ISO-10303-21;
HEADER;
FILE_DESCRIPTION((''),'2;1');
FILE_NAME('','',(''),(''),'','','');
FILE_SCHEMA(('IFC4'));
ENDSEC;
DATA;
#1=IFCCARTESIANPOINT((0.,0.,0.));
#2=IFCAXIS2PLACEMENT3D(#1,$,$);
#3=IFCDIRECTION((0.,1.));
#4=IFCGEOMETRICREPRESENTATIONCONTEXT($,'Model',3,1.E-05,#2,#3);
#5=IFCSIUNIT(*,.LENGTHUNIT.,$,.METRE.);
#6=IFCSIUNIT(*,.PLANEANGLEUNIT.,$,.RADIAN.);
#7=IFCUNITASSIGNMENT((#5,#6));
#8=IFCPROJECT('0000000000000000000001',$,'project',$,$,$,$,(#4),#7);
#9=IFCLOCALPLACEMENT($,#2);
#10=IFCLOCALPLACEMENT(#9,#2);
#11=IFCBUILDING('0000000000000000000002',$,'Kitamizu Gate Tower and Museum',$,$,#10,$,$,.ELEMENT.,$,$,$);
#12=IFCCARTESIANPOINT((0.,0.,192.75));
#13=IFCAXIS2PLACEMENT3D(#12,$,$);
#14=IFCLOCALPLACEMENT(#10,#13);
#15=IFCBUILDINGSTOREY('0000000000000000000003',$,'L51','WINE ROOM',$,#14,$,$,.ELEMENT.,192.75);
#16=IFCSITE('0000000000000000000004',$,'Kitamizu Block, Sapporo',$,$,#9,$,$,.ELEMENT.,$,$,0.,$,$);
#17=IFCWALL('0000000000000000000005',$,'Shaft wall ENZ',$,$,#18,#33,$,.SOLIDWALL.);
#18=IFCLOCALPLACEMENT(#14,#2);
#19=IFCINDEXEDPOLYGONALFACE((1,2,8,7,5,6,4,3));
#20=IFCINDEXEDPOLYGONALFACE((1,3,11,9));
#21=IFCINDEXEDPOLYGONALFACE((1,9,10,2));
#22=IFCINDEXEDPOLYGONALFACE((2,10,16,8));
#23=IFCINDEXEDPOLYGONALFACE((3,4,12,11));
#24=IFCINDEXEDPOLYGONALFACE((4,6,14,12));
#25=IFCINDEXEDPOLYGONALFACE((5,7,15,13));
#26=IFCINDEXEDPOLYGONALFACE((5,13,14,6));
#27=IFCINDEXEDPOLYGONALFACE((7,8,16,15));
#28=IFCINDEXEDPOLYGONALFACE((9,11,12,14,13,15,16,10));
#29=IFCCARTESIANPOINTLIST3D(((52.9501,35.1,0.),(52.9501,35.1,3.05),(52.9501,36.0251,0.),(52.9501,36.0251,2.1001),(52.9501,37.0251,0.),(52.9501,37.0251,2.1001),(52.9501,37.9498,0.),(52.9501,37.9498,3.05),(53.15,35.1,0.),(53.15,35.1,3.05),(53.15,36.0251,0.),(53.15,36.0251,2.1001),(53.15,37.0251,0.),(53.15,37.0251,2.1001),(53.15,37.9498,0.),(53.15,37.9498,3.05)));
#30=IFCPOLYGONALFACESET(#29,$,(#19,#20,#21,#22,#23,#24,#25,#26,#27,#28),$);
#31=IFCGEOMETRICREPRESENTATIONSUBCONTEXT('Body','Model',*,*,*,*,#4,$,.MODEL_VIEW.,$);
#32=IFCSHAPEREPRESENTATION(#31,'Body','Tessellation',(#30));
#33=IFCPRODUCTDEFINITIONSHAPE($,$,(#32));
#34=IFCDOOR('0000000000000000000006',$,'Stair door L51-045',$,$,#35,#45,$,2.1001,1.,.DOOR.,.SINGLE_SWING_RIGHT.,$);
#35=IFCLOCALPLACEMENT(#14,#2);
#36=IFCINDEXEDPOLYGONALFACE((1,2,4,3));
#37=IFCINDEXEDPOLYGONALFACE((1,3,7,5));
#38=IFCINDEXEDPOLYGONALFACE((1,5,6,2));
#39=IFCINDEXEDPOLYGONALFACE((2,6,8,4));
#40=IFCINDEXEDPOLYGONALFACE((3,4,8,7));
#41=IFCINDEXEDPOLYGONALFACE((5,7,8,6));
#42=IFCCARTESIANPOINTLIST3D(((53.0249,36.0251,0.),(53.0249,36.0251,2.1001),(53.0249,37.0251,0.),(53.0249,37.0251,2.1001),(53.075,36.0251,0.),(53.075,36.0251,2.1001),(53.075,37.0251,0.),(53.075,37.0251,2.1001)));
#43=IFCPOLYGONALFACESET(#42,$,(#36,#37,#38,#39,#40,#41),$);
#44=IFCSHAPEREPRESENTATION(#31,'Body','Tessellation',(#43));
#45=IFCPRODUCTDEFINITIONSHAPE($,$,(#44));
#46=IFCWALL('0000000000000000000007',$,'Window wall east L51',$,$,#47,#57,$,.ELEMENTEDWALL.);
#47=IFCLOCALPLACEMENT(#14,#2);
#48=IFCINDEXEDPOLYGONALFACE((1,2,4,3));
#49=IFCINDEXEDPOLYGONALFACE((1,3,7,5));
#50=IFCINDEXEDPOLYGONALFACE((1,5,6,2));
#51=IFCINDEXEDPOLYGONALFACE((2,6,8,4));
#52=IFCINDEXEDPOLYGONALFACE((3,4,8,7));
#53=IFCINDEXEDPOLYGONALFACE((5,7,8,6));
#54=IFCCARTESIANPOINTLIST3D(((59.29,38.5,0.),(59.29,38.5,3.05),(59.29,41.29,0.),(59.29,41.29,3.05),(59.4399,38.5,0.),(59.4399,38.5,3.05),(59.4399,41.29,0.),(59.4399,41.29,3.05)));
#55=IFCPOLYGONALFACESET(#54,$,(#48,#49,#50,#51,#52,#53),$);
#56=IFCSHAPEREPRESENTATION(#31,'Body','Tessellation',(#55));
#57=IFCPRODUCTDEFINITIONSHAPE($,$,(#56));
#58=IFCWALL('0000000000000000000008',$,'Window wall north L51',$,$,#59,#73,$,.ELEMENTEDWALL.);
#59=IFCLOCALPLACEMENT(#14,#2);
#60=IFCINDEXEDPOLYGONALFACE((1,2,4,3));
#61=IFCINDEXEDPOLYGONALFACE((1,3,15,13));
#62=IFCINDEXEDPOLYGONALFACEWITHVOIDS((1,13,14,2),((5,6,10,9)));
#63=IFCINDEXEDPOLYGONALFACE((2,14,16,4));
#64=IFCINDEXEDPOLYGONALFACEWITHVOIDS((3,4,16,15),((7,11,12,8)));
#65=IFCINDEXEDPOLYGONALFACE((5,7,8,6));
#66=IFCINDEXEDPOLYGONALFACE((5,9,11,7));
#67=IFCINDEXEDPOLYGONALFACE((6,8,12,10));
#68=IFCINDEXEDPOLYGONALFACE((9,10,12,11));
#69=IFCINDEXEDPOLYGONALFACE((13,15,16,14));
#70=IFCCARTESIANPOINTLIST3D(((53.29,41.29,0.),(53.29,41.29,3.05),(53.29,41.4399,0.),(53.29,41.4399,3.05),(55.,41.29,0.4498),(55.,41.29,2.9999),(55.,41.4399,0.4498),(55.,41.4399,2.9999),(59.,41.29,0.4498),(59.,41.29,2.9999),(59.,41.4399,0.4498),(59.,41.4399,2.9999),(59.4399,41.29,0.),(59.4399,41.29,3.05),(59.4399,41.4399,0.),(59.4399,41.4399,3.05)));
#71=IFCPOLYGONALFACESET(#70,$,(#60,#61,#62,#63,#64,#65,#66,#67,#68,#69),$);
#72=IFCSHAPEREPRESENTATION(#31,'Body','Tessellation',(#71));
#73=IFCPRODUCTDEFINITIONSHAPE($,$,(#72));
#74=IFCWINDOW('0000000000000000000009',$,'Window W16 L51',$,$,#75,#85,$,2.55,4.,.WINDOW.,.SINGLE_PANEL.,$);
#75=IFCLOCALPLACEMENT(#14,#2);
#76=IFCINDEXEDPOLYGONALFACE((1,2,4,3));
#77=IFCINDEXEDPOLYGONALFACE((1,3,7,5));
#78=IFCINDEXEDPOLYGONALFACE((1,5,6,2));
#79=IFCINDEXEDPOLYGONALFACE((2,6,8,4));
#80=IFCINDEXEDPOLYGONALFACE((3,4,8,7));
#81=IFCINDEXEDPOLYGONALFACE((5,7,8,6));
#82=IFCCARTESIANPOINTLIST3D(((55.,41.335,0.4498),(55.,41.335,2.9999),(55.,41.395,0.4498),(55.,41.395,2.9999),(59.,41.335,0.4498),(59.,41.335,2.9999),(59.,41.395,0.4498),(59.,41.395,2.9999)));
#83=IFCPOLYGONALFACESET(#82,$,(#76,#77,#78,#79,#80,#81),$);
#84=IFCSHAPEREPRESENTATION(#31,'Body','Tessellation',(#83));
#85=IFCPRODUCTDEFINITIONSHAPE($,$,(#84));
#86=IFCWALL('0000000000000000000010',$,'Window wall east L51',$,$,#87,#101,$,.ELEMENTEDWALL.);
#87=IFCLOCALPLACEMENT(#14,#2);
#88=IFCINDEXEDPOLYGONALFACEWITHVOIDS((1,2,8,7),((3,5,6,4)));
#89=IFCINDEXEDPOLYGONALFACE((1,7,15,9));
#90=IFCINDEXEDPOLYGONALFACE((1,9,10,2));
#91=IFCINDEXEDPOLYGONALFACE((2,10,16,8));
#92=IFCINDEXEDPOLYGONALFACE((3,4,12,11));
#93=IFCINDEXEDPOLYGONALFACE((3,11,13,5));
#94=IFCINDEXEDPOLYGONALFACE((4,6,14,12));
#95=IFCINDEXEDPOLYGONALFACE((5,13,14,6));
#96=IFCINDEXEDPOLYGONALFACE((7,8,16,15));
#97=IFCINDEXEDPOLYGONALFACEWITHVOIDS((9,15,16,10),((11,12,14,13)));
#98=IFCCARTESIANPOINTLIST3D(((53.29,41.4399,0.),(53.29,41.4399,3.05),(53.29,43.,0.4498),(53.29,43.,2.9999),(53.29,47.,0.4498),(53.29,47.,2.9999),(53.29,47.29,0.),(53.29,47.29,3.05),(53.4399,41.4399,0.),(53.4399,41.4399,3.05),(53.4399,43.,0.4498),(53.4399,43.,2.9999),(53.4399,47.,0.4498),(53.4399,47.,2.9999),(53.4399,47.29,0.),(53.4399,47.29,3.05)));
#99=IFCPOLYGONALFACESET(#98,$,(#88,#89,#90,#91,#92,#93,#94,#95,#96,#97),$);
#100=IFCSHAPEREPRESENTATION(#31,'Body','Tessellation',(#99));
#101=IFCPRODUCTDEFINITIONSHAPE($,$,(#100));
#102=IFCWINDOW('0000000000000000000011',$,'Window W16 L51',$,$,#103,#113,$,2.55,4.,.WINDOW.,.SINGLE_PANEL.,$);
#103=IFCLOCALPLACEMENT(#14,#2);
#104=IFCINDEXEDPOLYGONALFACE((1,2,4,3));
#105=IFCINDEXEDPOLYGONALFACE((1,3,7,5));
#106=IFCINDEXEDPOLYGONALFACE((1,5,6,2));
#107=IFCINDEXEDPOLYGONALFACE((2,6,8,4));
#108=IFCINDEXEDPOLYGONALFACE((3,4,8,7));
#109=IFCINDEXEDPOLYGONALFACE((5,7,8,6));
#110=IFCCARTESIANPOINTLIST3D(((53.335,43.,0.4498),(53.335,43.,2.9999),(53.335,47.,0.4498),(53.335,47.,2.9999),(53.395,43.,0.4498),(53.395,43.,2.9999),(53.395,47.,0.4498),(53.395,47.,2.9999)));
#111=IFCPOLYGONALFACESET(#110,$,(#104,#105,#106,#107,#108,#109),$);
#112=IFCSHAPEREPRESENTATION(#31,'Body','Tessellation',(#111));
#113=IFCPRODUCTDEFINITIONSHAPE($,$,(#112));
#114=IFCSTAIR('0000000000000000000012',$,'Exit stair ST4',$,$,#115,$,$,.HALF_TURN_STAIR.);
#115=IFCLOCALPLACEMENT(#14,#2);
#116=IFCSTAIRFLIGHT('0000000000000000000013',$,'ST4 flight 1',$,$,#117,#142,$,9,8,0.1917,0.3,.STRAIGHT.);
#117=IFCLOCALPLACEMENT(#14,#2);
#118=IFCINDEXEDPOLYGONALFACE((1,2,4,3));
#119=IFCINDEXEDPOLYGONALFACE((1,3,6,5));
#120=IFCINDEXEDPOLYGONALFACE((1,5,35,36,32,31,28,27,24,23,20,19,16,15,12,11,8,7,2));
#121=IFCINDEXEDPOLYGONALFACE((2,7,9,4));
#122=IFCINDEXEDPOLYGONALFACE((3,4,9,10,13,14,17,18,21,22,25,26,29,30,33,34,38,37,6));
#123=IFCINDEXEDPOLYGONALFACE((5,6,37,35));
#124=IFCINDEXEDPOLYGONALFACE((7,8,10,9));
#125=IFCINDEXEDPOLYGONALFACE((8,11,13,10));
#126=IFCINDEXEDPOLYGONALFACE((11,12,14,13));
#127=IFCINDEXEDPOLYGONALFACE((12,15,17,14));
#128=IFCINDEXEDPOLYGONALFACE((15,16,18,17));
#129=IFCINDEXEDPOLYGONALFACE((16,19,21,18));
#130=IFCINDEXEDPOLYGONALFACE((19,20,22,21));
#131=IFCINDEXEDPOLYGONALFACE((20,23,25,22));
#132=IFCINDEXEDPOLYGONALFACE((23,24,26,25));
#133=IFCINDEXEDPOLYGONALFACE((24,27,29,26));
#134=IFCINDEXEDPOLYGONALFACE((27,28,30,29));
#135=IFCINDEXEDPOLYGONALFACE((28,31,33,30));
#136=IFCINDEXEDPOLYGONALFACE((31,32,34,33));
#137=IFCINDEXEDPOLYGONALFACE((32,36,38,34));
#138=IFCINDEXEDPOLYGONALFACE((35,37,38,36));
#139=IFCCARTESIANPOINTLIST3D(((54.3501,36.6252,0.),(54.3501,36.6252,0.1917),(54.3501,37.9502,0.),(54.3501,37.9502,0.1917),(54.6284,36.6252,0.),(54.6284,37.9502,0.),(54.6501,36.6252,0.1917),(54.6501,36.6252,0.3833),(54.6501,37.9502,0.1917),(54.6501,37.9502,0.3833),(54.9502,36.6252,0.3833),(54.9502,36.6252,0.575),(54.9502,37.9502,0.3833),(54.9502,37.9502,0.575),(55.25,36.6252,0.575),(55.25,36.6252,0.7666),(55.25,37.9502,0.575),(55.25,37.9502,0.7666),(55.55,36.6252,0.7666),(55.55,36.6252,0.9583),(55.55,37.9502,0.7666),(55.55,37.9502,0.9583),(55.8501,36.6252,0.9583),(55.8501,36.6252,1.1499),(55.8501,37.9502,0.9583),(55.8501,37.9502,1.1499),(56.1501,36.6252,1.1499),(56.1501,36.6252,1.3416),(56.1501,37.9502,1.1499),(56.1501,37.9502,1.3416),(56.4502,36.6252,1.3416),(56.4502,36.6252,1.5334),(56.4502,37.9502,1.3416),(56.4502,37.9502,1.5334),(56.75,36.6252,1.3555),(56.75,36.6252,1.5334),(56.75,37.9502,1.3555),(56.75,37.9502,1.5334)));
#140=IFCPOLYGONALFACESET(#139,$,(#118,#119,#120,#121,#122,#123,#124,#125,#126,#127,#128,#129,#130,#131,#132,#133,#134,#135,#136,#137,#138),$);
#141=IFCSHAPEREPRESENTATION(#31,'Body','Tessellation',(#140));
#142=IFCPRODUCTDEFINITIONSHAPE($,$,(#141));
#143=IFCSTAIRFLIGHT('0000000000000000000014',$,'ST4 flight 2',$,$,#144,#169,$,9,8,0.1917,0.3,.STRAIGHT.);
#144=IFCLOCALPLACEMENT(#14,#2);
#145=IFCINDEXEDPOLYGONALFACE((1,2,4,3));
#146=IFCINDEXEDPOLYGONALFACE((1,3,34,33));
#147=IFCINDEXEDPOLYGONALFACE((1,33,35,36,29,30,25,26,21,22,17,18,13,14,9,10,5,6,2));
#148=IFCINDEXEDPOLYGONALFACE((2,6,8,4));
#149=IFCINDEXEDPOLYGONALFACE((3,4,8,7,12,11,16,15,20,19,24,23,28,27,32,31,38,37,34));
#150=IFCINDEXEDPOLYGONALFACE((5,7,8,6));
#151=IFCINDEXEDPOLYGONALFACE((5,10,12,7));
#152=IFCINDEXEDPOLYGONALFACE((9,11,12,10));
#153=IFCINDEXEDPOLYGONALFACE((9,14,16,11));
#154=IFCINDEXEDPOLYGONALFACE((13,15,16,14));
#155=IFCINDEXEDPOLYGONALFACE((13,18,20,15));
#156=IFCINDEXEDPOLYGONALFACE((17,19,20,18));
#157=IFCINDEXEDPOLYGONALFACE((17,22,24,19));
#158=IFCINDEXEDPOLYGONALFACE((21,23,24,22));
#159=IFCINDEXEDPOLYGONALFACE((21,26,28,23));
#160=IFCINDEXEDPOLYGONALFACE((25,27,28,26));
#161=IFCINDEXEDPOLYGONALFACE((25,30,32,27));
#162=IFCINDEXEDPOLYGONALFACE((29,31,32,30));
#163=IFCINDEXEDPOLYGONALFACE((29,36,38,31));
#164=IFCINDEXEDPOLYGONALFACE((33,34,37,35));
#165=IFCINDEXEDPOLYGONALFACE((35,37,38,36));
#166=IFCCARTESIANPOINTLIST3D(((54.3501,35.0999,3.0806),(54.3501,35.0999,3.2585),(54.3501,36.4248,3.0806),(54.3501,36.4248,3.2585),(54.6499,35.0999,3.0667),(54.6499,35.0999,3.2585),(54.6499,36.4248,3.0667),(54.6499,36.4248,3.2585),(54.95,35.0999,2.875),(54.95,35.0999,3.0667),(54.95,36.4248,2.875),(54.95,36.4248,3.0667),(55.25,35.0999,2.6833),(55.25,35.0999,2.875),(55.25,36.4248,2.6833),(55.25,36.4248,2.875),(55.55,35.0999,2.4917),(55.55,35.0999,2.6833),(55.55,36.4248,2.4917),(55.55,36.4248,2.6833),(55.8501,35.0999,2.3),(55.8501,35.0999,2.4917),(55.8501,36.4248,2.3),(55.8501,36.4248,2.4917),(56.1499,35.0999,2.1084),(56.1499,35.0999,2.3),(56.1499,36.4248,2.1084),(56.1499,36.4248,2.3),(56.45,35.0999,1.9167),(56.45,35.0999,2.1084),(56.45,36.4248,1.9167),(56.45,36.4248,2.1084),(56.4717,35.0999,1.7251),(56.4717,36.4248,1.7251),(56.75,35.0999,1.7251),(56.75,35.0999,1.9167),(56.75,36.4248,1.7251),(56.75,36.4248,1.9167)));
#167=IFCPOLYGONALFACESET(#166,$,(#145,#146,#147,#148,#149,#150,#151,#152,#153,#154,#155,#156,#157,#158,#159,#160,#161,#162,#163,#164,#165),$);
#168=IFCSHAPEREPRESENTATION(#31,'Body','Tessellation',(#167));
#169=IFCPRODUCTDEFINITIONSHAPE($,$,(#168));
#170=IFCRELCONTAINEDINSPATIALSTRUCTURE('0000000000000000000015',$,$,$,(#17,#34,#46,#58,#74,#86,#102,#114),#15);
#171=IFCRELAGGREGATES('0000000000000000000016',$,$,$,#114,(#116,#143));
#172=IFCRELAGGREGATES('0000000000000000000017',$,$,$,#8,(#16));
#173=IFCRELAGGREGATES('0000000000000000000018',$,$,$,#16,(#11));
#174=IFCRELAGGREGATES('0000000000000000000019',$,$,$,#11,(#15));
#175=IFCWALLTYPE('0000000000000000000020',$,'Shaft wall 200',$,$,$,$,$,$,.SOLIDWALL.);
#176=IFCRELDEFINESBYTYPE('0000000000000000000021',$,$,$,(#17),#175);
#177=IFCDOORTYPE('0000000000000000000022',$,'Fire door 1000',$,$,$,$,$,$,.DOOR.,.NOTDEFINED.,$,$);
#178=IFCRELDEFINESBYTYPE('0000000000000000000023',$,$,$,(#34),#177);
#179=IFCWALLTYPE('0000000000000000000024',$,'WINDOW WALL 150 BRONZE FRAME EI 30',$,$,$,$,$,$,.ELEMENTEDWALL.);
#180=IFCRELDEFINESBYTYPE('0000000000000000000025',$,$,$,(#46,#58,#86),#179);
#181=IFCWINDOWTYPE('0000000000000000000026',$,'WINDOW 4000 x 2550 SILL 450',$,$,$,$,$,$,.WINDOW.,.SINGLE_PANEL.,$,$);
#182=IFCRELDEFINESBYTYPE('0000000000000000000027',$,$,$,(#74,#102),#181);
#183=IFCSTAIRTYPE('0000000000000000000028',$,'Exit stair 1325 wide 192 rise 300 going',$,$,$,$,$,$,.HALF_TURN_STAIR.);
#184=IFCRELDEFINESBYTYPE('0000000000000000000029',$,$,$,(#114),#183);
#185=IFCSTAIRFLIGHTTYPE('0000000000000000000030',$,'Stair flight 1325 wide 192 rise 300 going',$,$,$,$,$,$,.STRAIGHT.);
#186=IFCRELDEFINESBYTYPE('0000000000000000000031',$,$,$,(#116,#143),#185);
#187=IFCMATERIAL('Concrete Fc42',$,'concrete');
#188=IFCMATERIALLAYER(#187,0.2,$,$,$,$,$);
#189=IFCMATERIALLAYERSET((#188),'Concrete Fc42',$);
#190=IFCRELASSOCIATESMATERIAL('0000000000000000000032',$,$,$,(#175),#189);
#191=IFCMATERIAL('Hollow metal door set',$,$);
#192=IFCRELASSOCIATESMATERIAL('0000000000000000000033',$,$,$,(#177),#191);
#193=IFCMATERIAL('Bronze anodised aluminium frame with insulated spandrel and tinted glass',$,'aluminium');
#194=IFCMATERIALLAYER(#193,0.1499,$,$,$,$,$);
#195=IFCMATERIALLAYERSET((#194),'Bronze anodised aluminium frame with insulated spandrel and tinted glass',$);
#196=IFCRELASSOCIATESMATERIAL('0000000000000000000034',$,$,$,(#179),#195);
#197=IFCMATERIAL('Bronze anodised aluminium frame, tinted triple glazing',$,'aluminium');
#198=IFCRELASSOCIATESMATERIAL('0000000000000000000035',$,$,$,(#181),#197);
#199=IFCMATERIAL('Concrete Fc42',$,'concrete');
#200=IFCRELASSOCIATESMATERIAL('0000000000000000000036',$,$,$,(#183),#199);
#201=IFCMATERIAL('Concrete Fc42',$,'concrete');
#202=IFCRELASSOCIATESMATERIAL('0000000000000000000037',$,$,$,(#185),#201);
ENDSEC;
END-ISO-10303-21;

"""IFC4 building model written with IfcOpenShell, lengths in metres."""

from ifc_helpers import new_model, si_unit, direction, frame, frame_2d, origin, place, context, subcontext, project, spatial, polyline, rectangle, outline, extrude, material, layer, layer_set, type_object, element, fill, aggregate, save


model = new_model("IFC4")

# Units and contexts
model_context = context("Model", 3, precision=1e-05, world=origin(), true_north=direction((0.0, 1.0)))
body_context = subcontext(model_context, "Body", "Model", "MODEL_VIEW")
ifc_project = project(units=[si_unit("LENGTHUNIT", "METRE"), si_unit("PLANEANGLEUNIT", "RADIAN")], contexts=[model_context])

# Site, building, storey
site_placement = place(None, origin())
site = spatial("IfcSite", under=ifc_project, at=site_placement, Name="Kitamizu Block, Sapporo", CompositionType="ELEMENT", RefElevation=0.0)
building_placement = place(site_placement, origin())
building = spatial("IfcBuilding", under=site, at=building_placement, Name="Kitamizu Gate Tower and Museum", CompositionType="ELEMENT")
storey_placement = place(building_placement, frame((0.0, 0.0, 192.75)))
storey = spatial("IfcBuildingStorey", under=building, at=storey_placement, Name="L51", Description="WINE ROOM", CompositionType="ELEMENT", Elevation=192.75)

# Wall, opening, door
ifc_material_1 = material(Name="Concrete Fc42", Category="concrete")
ifc_layer_1 = layer(ifc_material_1, 0.2)
ifc_layer_set_1 = layer_set([ifc_layer_1], Name="Concrete Fc42")
wall_type_1 = type_object("IfcWallType", Name="Shaft wall 200", PredefinedType="SOLIDWALL", material=ifc_layer_set_1)
wall_1_placement = place(storey_placement, frame((53.05, 35.1001, 0.0), z_axis=(0.0, 0.0, 1.0), x_axis=(0.0, 1.0, 0.0)))
wall_1 = element("IfcWall", 1, at=wall_1_placement, inside=storey, type_object=wall_type_1, Name="Shaft wall ENZ", PredefinedType="SOLIDWALL", context=body_context, shape_type="SweptSolid", body=[
    extrude(rectangle(XDim=2.8499, YDim=0.2, at=frame_2d((1.4248, 0.0))), origin(), (0.0, 0.0, 1.0), 3.05),
])
opening_1_placement = place(wall_1_placement, frame((0.925, 0.0, 0.0)))
opening_1 = element("IfcOpeningElement", 2, at=opening_1_placement, cuts=wall_1, PredefinedType="OPENING", context=body_context, shape_type="SweptSolid", body=[
    extrude(rectangle(XDim=1.0, YDim=2.1001, at=frame_2d((0.5, 1.05))), frame((0.0, 0.1099, 0.0), z_axis=(0.0, -1.0, 0.0), x_axis=(1.0, 0.0, 0.0)), (0.0, 0.0, 1.0), 0.22),
])
ifc_material_2 = material(Name="Hollow metal door set")
door_type_1 = type_object("IfcDoorType", Name="Fire door 1000", OperationType="NOTDEFINED", PredefinedType="DOOR", material=ifc_material_2)
door_1_placement = place(opening_1_placement, frame((1.0, 0.0, 0.0), x_axis=(-1.0, 0.0, 0.0)))
door_1 = element("IfcDoor", 3, at=door_1_placement, inside=storey, type_object=door_type_1, Name="Stair door L51-045", OperationType="SINGLE_SWING_RIGHT", OverallHeight=2.1001, OverallWidth=1.0, PredefinedType="DOOR", context=body_context, shape_type="SweptSolid", body=[
    extrude(rectangle(XDim=1.0, YDim=2.1001, at=frame_2d((0.5, 1.05))), frame((0.0, 0.0249, 0.0), z_axis=(0.0, -1.0, 0.0), x_axis=(1.0, 0.0, 0.0)), (0.0, 0.0, 1.0), 0.05),
])
fill(opening_1, door_1)

# Wall
ifc_material_3 = material(Name="Bronze anodised aluminium frame with insulated spandrel and tinted glass", Category="aluminium")
ifc_layer_2 = layer(ifc_material_3, 0.1499)
ifc_layer_set_2 = layer_set([ifc_layer_2], Name="Bronze anodised aluminium frame with insulated spandrel and tinted glass")
wall_type_2 = type_object("IfcWallType", Name="WINDOW WALL 150 BRONZE FRAME EI 30", PredefinedType="ELEMENTEDWALL", material=ifc_layer_set_2)
wall_2_placement = place(storey_placement, frame((59.365, 38.5, 0.0), z_axis=(0.0, 0.0, 1.0), x_axis=(0.0, 1.0, 0.0)))
element("IfcWall", 4, at=wall_2_placement, inside=storey, type_object=wall_type_2, Name="Window wall east L51", PredefinedType="ELEMENTEDWALL", context=body_context, shape_type="SweptSolid", body=[
    extrude(rectangle(XDim=2.79, YDim=0.1499, at=frame_2d((1.395, 0.0))), origin(), (0.0, 0.0, 1.0), 3.05),
])

# Walls, openings, windows
wall_3_placement = place(storey_placement, frame((53.29, 41.365, 0.0), z_axis=(0.0, 0.0, 1.0), x_axis=(1.0, 0.0, 0.0)))
wall_3 = element("IfcWall", 5, at=wall_3_placement, inside=storey, type_object=wall_type_2, Name="Window wall north L51", PredefinedType="ELEMENTEDWALL", context=body_context, shape_type="SweptSolid", body=[
    extrude(rectangle(XDim=6.1499, YDim=0.1499, at=frame_2d((3.075, 0.0))), origin(), (0.0, 0.0, 1.0), 3.05),
])
opening_2_placement = place(wall_3_placement, frame((1.71, 0.0, 0.45)))
opening_2 = element("IfcOpeningElement", 6, at=opening_2_placement, cuts=wall_3, PredefinedType="OPENING", context=body_context, shape_type="SweptSolid", body=[
    extrude(rectangle(XDim=4.0, YDim=2.55, at=frame_2d((2.0, 1.2749))), frame((0.0, 0.085, 0.0), z_axis=(0.0, -1.0, 0.0), x_axis=(1.0, 0.0, 0.0)), (0.0, 0.0, 1.0), 0.1699),
])
ifc_material_4 = material(Name="Bronze anodised aluminium frame, tinted triple glazing", Category="aluminium")
window_type = type_object("IfcWindowType", Name="WINDOW 4000 x 2550 SILL 450", PartitioningType="SINGLE_PANEL", PredefinedType="WINDOW", material=ifc_material_4)
window_1_placement = place(opening_2_placement, origin())
window_1 = element("IfcWindow", 7, at=window_1_placement, inside=storey, type_object=window_type, Name="Window W16 L51", OverallHeight=2.55, OverallWidth=4.0, PartitioningType="SINGLE_PANEL", PredefinedType="WINDOW", context=body_context, shape_type="SweptSolid", body=[
    extrude(rectangle(XDim=4.0, YDim=2.55, at=frame_2d((2.0, 1.2749))), frame((0.0, 0.03, 0.0), z_axis=(0.0, -1.0, 0.0), x_axis=(1.0, 0.0, 0.0)), (0.0, 0.0, 1.0), 0.0601),
])
fill(opening_2, window_1)
wall_4_placement = place(storey_placement, frame((53.365, 41.4399, 0.0), z_axis=(0.0, 0.0, 1.0), x_axis=(0.0, 1.0, 0.0)))
wall_4 = element("IfcWall", 8, at=wall_4_placement, inside=storey, type_object=wall_type_2, Name="Window wall east L51", PredefinedType="ELEMENTEDWALL", context=body_context, shape_type="SweptSolid", body=[
    extrude(rectangle(XDim=5.8501, YDim=0.1499, at=frame_2d((2.925, 0.0))), origin(), (0.0, 0.0, 1.0), 3.05),
])
opening_3_placement = place(wall_4_placement, frame((1.5601, 0.0, 0.45)))
opening_3 = element("IfcOpeningElement", 9, at=opening_3_placement, cuts=wall_4, PredefinedType="OPENING", context=body_context, shape_type="SweptSolid", body=[
    extrude(rectangle(XDim=4.0, YDim=2.55, at=frame_2d((2.0, 1.2749))), frame((0.0, 0.085, 0.0), z_axis=(0.0, -1.0, 0.0), x_axis=(1.0, 0.0, 0.0)), (0.0, 0.0, 1.0), 0.1699),
])
window_2_placement = place(opening_3_placement, origin())
window_2 = element("IfcWindow", 10, at=window_2_placement, inside=storey, type_object=window_type, Name="Window W16 L51", OverallHeight=2.55, OverallWidth=4.0, PartitioningType="SINGLE_PANEL", PredefinedType="WINDOW", context=body_context, shape_type="SweptSolid", body=[
    extrude(rectangle(XDim=4.0, YDim=2.55, at=frame_2d((2.0, 1.2749))), frame((0.0, 0.03, 0.0), z_axis=(0.0, -1.0, 0.0), x_axis=(1.0, 0.0, 0.0)), (0.0, 0.0, 1.0), 0.0601),
])
fill(opening_3, window_2)

# Stair, stair flights
ifc_material_5 = material(Name="Concrete Fc42", Category="concrete")
stair_type = type_object("IfcStairType", Name="Exit stair 1325 wide 192 rise 300 going", PredefinedType="HALF_TURN_STAIR", material=ifc_material_5)
stair_placement = place(storey_placement, origin())
stair = element("IfcStair", 11, at=stair_placement, inside=storey, type_object=stair_type, Name="Exit stair ST4", PredefinedType="HALF_TURN_STAIR")
ifc_material_6 = material(Name="Concrete Fc42", Category="concrete")
stair_flight_type = type_object("IfcStairFlightType", Name="Stair flight 1325 wide 192 rise 300 going", PredefinedType="STRAIGHT", material=ifc_material_6)
stair_flight_1_placement = place(storey_placement, frame((54.3501, 37.2876, 0.0), z_axis=(0.0, 0.0, 1.0), x_axis=(1.0, 0.0, 0.0)))
stair_flight_1 = element("IfcStairFlight", 12, at=stair_flight_1_placement, type_object=stair_flight_type, Name="ST4 flight 1", NumberOfRisers=9, NumberOfTreads=8, PredefinedType="STRAIGHT", RiserHeight=0.1917, TreadLength=0.3, context=body_context, shape_type="SweptSolid", body=[
    extrude(outline(polyline([(0.0, 0.0), (0.0, 0.1917), (0.3, 0.1917), (0.3, 0.3833), (0.6001, 0.3833), (0.6001, 0.575), (0.8999, 0.575), (0.8999, 0.7666), (1.2, 0.7666), (1.2, 0.9583), (1.5, 0.9583), (1.5, 1.1499), (1.8, 1.1499), (1.8, 1.3416), (2.1001, 1.3416), (2.1001, 1.5334), (2.3999, 1.5334), (2.3999, 1.7251), (2.3999, 1.3555), (0.2783, 0.0), (0.0, 0.0)])), frame((0.0, 0.6626, 0.0), z_axis=(0.0, -1.0, 0.0), x_axis=(1.0, 0.0, 0.0)), (0.0, 0.0, 1.0), 1.325),
])
stair_flight_2_placement = place(storey_placement, frame((56.75, 35.7625, 1.7251), z_axis=(0.0, 0.0, 1.0), x_axis=(-1.0, 0.0, 0.0)))
stair_flight_2 = element("IfcStairFlight", 13, at=stair_flight_2_placement, type_object=stair_flight_type, Name="ST4 flight 2", NumberOfRisers=9, NumberOfTreads=8, PredefinedType="STRAIGHT", RiserHeight=0.1917, TreadLength=0.3, context=body_context, shape_type="SweptSolid", body=[
    extrude(outline(polyline([(0.0, 0.0), (0.0, 0.1917), (0.3, 0.1917), (0.3, 0.3833), (0.6001, 0.3833), (0.6001, 0.575), (0.8999, 0.575), (0.8999, 0.7666), (1.2, 0.7666), (1.2, 0.9583), (1.5, 0.9583), (1.5, 1.1499), (1.8, 1.1499), (1.8, 1.3416), (2.1001, 1.3416), (2.1001, 1.5334), (2.3999, 1.5334), (2.3999, 1.7251), (2.3999, 1.3555), (0.2783, 0.0), (0.0, 0.0)])), frame((0.0, 0.6626, 0.0), z_axis=(0.0, -1.0, 0.0), x_axis=(1.0, 0.0, 0.0)), (0.0, 0.0, 1.0), 1.325),
])
aggregate(stair, [stair_flight_1, stair_flight_2])

save(model, "model.ifc")
